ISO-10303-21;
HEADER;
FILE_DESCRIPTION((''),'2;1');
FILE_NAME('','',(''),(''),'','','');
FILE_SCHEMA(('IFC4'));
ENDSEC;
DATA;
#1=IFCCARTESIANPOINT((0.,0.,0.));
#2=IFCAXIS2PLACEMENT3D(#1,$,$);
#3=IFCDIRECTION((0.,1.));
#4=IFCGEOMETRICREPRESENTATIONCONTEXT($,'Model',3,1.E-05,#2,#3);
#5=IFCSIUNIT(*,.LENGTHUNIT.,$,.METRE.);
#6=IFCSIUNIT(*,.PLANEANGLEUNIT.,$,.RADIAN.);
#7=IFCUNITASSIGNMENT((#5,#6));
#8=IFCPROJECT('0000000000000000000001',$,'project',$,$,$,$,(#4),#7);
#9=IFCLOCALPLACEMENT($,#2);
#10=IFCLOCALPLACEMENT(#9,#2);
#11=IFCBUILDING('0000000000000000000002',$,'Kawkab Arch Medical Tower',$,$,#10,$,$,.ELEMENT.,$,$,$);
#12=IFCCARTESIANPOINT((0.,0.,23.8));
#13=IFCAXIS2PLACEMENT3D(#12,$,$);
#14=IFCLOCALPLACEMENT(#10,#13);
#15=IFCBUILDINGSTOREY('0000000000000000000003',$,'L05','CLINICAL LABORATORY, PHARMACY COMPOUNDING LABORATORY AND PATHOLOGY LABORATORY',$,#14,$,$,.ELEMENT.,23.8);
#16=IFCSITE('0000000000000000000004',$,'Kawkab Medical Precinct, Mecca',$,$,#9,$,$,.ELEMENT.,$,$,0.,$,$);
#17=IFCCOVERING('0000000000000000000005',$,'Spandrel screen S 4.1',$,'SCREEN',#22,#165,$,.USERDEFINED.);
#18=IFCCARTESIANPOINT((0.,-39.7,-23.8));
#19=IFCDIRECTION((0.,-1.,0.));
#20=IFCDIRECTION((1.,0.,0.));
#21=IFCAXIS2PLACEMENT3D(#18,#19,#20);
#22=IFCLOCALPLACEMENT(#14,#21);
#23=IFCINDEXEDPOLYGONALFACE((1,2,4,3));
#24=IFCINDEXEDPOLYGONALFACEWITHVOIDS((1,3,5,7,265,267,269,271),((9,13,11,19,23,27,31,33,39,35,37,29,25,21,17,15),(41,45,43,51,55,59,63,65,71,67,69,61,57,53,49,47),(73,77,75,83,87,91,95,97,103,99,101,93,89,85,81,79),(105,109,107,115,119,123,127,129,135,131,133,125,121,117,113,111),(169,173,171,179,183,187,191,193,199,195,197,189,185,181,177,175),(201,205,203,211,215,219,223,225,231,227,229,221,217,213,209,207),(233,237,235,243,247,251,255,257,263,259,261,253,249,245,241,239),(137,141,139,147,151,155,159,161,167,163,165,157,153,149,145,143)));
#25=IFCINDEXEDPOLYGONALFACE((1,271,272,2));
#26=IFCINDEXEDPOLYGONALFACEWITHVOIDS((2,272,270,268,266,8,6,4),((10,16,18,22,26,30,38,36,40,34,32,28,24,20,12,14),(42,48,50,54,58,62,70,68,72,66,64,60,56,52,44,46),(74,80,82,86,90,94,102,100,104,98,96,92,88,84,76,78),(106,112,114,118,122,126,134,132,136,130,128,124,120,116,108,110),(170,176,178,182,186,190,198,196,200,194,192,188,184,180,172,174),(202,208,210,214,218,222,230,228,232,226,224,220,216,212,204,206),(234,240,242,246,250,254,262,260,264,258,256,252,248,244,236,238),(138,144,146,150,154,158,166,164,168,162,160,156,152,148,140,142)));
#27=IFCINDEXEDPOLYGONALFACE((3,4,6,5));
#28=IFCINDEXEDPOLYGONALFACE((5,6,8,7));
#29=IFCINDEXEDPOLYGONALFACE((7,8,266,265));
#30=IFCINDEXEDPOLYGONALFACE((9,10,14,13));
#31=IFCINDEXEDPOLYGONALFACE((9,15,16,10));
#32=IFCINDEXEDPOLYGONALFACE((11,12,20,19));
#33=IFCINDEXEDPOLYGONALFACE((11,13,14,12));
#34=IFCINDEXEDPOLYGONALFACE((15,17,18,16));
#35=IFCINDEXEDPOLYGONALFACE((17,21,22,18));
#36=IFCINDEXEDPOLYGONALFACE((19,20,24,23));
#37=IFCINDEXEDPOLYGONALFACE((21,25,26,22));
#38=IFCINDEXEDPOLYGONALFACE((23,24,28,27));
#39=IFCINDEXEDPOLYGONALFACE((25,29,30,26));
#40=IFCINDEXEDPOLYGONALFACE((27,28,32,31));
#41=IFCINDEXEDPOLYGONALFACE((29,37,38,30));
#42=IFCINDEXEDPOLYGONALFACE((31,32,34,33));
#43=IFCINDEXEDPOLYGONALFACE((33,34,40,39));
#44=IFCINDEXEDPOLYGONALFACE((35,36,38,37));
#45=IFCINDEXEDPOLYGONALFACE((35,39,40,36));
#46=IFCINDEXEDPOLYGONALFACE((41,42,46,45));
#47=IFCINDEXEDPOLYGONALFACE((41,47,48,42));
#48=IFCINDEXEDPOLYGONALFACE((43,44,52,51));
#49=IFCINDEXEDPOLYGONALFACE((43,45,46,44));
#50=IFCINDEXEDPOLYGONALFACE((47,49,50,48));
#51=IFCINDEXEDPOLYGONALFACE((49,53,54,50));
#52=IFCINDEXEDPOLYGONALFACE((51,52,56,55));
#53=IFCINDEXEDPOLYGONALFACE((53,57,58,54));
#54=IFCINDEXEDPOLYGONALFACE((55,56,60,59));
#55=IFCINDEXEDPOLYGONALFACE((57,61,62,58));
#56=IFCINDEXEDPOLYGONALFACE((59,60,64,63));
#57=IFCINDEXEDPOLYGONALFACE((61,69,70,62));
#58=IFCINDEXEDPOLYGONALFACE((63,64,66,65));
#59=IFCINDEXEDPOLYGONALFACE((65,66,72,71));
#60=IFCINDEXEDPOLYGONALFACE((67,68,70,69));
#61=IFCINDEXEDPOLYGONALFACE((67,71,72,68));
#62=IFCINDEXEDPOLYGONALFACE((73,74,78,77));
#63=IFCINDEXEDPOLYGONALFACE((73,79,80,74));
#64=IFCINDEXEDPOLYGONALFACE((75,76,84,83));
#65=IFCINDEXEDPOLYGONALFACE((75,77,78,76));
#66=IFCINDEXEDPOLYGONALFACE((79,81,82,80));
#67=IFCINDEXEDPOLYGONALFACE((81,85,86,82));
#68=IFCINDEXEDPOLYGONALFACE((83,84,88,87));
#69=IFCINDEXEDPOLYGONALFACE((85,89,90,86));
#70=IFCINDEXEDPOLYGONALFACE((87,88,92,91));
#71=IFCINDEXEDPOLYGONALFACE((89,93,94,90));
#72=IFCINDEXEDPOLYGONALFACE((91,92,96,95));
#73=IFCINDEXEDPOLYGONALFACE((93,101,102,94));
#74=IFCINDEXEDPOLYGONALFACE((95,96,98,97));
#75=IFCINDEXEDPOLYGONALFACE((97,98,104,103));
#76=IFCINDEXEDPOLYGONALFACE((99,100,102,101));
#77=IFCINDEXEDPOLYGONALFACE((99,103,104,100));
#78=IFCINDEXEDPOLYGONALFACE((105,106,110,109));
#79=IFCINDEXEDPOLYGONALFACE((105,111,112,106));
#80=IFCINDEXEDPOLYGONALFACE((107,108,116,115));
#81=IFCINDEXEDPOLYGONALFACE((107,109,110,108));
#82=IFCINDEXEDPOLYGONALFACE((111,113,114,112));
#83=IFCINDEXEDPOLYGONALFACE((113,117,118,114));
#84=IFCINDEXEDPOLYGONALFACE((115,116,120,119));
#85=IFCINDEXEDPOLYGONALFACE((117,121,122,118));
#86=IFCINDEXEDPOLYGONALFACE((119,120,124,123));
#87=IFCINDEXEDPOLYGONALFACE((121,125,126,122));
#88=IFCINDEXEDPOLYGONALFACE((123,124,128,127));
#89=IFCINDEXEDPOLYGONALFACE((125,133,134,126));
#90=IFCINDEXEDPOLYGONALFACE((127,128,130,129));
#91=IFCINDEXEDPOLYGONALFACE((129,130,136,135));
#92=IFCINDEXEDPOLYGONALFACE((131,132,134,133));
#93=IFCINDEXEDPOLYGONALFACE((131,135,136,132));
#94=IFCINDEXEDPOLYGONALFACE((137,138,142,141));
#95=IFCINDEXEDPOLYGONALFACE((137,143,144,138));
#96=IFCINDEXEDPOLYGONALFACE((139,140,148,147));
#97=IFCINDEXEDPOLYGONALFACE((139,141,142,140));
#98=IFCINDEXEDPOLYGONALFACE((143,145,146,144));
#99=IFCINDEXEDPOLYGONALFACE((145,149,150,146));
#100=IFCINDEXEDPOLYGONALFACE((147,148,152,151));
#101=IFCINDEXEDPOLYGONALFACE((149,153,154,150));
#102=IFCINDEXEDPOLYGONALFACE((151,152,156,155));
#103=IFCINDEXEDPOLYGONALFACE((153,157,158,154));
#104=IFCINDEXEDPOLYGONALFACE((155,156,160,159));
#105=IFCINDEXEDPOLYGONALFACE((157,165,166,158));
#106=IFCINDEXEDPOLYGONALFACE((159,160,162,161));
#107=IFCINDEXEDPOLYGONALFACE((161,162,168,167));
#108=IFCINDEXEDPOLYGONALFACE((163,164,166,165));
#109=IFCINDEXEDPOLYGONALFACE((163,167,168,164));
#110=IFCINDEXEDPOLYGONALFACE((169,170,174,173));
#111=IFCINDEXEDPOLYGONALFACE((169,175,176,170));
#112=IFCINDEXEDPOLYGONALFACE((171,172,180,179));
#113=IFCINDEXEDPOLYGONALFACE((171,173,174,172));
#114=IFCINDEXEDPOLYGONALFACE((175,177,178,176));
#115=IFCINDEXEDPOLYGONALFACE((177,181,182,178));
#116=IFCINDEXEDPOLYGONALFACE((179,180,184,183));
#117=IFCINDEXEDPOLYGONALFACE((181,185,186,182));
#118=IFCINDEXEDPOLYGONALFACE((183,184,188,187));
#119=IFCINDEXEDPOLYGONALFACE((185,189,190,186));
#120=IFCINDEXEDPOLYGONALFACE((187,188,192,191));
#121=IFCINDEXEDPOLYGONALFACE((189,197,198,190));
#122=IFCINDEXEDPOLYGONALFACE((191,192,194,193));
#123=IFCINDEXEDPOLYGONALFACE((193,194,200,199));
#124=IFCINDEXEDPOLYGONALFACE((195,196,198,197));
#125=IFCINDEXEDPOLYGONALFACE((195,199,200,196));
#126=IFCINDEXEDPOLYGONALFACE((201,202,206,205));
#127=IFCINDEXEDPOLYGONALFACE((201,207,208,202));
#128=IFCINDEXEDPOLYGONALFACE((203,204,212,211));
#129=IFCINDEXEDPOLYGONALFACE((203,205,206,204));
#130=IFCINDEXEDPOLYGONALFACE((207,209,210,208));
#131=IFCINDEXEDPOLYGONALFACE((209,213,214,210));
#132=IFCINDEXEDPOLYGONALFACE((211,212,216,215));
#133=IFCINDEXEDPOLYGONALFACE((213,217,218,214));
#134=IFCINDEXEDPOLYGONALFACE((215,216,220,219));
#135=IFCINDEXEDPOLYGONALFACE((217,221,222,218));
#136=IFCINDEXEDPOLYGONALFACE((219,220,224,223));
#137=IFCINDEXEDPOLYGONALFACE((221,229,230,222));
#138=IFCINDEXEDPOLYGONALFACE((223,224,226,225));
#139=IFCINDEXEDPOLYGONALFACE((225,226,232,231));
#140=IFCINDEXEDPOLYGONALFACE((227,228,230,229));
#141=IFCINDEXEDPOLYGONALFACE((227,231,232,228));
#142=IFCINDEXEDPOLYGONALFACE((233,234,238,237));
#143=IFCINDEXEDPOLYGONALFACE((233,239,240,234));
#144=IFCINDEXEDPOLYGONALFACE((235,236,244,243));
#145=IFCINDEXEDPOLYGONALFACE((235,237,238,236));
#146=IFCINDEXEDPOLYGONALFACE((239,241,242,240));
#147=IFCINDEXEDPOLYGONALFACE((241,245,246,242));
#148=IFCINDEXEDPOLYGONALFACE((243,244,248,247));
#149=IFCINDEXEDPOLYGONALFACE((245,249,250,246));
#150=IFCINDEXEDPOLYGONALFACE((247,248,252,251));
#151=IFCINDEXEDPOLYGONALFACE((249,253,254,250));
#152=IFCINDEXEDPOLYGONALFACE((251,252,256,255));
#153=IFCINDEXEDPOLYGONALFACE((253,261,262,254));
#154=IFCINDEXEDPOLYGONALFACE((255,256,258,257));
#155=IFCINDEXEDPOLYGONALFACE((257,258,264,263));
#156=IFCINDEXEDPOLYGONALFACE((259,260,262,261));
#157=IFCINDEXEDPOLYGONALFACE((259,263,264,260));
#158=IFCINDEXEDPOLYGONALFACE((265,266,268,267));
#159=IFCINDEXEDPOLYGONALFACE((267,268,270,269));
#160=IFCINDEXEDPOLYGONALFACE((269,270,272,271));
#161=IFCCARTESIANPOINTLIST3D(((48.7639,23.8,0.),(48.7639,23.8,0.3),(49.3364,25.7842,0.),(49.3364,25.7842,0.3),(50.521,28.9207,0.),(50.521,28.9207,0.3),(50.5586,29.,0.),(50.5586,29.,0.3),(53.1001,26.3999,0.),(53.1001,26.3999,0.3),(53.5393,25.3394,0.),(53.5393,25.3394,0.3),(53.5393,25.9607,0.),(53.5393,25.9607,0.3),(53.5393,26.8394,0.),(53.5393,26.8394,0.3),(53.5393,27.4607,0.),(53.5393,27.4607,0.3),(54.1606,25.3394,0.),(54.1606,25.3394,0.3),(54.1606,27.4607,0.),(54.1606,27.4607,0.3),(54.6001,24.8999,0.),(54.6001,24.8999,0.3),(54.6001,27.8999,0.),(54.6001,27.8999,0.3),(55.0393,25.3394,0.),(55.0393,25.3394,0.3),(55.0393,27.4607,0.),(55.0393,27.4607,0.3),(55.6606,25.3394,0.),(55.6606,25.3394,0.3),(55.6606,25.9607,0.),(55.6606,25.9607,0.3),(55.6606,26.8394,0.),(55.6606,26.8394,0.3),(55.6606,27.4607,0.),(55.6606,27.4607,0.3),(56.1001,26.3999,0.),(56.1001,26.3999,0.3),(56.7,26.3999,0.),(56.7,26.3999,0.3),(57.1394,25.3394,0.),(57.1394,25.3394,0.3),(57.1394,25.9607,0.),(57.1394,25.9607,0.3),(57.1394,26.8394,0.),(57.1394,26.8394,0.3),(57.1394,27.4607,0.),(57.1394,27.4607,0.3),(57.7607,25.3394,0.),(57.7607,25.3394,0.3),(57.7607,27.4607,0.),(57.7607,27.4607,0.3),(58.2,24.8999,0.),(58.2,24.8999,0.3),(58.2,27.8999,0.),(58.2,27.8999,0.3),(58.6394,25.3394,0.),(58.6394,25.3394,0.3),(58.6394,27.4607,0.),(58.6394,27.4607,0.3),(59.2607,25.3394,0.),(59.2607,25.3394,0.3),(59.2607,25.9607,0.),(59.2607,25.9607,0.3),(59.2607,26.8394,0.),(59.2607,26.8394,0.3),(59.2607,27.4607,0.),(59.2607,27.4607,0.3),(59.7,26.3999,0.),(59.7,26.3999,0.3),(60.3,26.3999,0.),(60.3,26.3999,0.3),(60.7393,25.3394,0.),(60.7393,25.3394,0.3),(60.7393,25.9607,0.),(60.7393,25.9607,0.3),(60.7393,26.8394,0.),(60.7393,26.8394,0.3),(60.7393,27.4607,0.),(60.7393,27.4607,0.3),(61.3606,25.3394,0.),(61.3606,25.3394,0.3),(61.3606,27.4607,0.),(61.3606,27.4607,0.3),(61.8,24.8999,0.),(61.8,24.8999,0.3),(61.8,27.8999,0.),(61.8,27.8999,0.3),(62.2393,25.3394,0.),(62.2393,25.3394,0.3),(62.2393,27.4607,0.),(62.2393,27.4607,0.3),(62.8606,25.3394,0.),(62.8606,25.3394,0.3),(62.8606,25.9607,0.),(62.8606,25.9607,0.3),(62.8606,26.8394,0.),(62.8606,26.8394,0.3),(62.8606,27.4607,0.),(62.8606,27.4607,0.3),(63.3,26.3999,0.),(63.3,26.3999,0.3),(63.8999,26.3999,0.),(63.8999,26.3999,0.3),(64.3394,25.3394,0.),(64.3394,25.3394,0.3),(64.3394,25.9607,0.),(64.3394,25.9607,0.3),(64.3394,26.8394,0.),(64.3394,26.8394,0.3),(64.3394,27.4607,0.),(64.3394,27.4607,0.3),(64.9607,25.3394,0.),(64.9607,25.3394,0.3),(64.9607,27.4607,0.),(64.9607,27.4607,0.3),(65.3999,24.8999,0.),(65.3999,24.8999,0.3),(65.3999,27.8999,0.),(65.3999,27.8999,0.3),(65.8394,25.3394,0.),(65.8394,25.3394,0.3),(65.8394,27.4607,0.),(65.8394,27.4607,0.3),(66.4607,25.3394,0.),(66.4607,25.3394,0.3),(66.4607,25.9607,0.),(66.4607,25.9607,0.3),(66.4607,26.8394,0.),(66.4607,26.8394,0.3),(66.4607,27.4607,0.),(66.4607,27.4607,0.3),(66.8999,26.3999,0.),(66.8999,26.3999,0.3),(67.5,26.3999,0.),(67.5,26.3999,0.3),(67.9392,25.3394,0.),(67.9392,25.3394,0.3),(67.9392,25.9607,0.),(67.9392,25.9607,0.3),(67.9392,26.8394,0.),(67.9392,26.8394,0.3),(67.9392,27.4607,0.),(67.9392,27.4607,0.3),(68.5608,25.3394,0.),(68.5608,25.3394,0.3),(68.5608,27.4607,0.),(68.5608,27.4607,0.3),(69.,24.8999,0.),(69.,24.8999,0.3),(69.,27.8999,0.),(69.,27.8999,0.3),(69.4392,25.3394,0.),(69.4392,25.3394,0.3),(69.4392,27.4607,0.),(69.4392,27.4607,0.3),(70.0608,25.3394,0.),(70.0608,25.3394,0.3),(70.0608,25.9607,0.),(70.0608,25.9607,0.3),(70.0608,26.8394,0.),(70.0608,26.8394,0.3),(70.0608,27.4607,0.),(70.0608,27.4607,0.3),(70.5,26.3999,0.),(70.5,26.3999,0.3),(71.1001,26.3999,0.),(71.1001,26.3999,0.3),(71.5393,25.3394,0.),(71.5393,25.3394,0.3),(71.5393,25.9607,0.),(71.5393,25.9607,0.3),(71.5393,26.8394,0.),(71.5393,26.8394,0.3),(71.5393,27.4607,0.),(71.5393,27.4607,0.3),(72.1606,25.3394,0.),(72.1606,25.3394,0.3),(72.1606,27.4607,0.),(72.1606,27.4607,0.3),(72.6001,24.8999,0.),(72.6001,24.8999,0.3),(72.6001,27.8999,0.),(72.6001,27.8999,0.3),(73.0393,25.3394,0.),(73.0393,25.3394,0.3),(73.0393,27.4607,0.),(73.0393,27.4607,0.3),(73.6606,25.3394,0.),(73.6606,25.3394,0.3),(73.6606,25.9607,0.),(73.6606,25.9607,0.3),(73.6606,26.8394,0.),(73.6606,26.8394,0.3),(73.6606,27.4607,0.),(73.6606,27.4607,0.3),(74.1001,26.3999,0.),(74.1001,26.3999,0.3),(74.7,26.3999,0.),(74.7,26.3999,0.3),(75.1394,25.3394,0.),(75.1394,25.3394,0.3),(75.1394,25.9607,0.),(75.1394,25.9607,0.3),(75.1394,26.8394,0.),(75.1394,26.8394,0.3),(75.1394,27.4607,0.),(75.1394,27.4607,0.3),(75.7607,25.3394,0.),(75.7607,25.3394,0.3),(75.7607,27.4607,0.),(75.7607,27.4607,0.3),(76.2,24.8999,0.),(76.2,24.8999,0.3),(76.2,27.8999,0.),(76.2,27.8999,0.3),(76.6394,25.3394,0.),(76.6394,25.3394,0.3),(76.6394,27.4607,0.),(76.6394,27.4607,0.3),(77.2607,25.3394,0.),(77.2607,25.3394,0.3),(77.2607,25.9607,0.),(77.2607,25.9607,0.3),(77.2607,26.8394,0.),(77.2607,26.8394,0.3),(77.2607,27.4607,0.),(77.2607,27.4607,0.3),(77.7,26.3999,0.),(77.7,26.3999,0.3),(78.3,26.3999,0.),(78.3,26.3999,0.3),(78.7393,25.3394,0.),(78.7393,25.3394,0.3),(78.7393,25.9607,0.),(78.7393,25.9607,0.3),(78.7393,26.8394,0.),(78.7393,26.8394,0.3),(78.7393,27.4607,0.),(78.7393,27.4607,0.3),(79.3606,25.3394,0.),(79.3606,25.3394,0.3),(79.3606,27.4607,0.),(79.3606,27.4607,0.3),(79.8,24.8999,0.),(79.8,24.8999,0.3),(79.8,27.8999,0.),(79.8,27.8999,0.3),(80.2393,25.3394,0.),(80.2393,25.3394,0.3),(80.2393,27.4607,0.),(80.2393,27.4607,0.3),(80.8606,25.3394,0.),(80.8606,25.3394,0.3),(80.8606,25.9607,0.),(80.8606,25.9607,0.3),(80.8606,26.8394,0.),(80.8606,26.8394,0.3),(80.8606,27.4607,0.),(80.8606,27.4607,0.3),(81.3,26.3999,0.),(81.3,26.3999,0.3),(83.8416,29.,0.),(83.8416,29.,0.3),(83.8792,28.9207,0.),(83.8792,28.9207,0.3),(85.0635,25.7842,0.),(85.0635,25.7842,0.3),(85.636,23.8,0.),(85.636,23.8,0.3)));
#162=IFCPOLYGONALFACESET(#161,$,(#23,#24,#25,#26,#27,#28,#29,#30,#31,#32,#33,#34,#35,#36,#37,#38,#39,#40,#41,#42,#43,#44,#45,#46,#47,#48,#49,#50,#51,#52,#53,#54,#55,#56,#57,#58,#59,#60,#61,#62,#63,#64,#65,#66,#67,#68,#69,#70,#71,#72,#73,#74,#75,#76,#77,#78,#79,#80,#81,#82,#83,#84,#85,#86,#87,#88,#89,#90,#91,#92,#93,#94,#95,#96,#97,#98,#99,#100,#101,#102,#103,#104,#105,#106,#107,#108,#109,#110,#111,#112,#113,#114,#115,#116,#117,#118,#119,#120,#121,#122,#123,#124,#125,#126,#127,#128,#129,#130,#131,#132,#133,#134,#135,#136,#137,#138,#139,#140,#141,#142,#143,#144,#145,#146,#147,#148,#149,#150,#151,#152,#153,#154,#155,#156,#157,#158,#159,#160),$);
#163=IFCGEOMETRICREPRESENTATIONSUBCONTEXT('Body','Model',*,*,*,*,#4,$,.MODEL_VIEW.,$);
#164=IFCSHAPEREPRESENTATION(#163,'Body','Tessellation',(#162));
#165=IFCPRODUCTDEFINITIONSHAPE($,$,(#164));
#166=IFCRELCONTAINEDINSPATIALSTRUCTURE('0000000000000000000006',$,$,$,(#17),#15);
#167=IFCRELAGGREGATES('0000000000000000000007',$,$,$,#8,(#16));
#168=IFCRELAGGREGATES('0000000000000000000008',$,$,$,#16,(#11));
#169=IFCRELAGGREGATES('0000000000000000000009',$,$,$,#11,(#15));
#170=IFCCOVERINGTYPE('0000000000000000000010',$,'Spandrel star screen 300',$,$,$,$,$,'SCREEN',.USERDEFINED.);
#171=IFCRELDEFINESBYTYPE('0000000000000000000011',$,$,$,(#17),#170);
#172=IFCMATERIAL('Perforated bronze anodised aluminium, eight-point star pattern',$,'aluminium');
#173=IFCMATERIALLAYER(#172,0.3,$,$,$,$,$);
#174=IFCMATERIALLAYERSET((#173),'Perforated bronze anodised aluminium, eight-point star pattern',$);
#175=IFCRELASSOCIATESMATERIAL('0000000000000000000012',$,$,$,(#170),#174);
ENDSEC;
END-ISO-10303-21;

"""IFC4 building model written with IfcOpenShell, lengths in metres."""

from ifc_helpers import new_model, si_unit, direction, frame, origin, place, context, subcontext, project, spatial, polyline, outline, extrude, material, layer, layer_set, type_object, element, save


model = new_model("IFC4")

# Units and contexts
model_context = context("Model", 3, precision=1e-05, world=origin(), true_north=direction((0.0, 1.0)))
body_context = subcontext(model_context, "Body", "Model", "MODEL_VIEW")
ifc_project = project(units=[si_unit("LENGTHUNIT", "METRE"), si_unit("PLANEANGLEUNIT", "RADIAN")], contexts=[model_context])

# Site, building, storey
site_placement = place(None, origin())
site = spatial("IfcSite", under=ifc_project, at=site_placement, Name="Kawkab Medical Precinct, Mecca", CompositionType="ELEMENT", RefElevation=0.0)
building_placement = place(site_placement, origin())
building = spatial("IfcBuilding", under=site, at=building_placement, Name="Kawkab Arch Medical Tower", CompositionType="ELEMENT")
storey_placement = place(building_placement, frame((0.0, 0.0, 23.8)))
storey = spatial("IfcBuildingStorey", under=building, at=storey_placement, Name="L05", Description="CLINICAL LABORATORY, PHARMACY COMPOUNDING LABORATORY AND PATHOLOGY LABORATORY", CompositionType="ELEMENT", Elevation=23.8)

# Covering
ifc_material_1 = material(Name="Perforated bronze anodised aluminium, eight-point star pattern", Category="aluminium")
ifc_layer_1 = layer(ifc_material_1, 0.3)
ifc_layer_set_1 = layer_set([ifc_layer_1], Name="Perforated bronze anodised aluminium, eight-point star pattern")
covering_type = type_object("IfcCoveringType", Name="Spandrel star screen 300", ElementType="SCREEN", PredefinedType="USERDEFINED", material=ifc_layer_set_1)
covering_placement = place(storey_placement, frame((0.0, -39.7, -23.8), z_axis=(0.0, -1.0, 0.0), x_axis=(1.0, 0.0, 0.0)))
element("IfcCovering", 1, at=covering_placement, inside=storey, type_object=covering_type, Name="Spandrel screen S 4.1", ObjectType="SCREEN", PredefinedType="USERDEFINED", context=body_context, shape_type="SweptSolid", body=[
    extrude(outline(polyline([(48.7639, 23.8), (85.636, 23.8), (85.0635, 25.7842), (83.8792, 28.9207), (83.8416, 29.0), (50.5586, 29.0), (50.521, 28.9207), (49.3364, 25.7842), (48.7639, 23.8)]), holes=[polyline([(56.1001, 26.3999), (55.6606, 26.8394), (55.6606, 27.4607), (55.0393, 27.4607), (54.6001, 27.8999), (54.1606, 27.4607), (53.5393, 27.4607), (53.5393, 26.8394), (53.1001, 26.3999), (53.5393, 25.9607), (53.5393, 25.3394), (54.1606, 25.3394), (54.6001, 24.8999), (55.0393, 25.3394), (55.6606, 25.3394), (55.6606, 25.9607), (56.1001, 26.3999)]), polyline([(59.7, 26.3999), (59.2607, 26.8394), (59.2607, 27.4607), (58.6394, 27.4607), (58.2, 27.8999), (57.7607, 27.4607), (57.1394, 27.4607), (57.1394, 26.8394), (56.7, 26.3999), (57.1394, 25.9607), (57.1394, 25.3394), (57.7607, 25.3394), (58.2, 24.8999), (58.6394, 25.3394), (59.2607, 25.3394), (59.2607, 25.9607), (59.7, 26.3999)]), polyline([(63.3, 26.3999), (62.8606, 26.8394), (62.8606, 27.4607), (62.2393, 27.4607), (61.8, 27.8999), (61.3606, 27.4607), (60.7393, 27.4607), (60.7393, 26.8394), (60.3, 26.3999), (60.7393, 25.9607), (60.7393, 25.3394), (61.3606, 25.3394), (61.8, 24.8999), (62.2393, 25.3394), (62.8606, 25.3394), (62.8606, 25.9607), (63.3, 26.3999)]), polyline([(66.8999, 26.3999), (66.4607, 26.8394), (66.4607, 27.4607), (65.8394, 27.4607), (65.3999, 27.8999), (64.9607, 27.4607), (64.3394, 27.4607), (64.3394, 26.8394), (63.8999, 26.3999), (64.3394, 25.9607), (64.3394, 25.3394), (64.9607, 25.3394), (65.3999, 24.8999), (65.8394, 25.3394), (66.4607, 25.3394), (66.4607, 25.9607), (66.8999, 26.3999)]), polyline([(70.5, 26.3999), (70.0608, 26.8394), (70.0608, 27.4607), (69.4392, 27.4607), (69.0, 27.8999), (68.5608, 27.4607), (67.9392, 27.4607), (67.9392, 26.8394), (67.5, 26.3999), (67.9392, 25.9607), (67.9392, 25.3394), (68.5608, 25.3394), (69.0, 24.8999), (69.4392, 25.3394), (70.0608, 25.3394), (70.0608, 25.9607), (70.5, 26.3999)]), polyline([(74.1001, 26.3999), (73.6606, 26.8394), (73.6606, 27.4607), (73.0393, 27.4607), (72.6001, 27.8999), (72.1606, 27.4607), (71.5393, 27.4607), (71.5393, 26.8394), (71.1001, 26.3999), (71.5393, 25.9607), (71.5393, 25.3394), (72.1606, 25.3394), (72.6001, 24.8999), (73.0393, 25.3394), (73.6606, 25.3394), (73.6606, 25.9607), (74.1001, 26.3999)]), polyline([(77.7, 26.3999), (77.2607, 26.8394), (77.2607, 27.4607), (76.6394, 27.4607), (76.2, 27.8999), (75.7607, 27.4607), (75.1394, 27.4607), (75.1394, 26.8394), (74.7, 26.3999), (75.1394, 25.9607), (75.1394, 25.3394), (75.7607, 25.3394), (76.2, 24.8999), (76.6394, 25.3394), (77.2607, 25.3394), (77.2607, 25.9607), (77.7, 26.3999)]), polyline([(81.3, 26.3999), (80.8606, 26.8394), (80.8606, 27.4607), (80.2393, 27.4607), (79.8, 27.8999), (79.3606, 27.4607), (78.7393, 27.4607), (78.7393, 26.8394), (78.3, 26.3999), (78.7393, 25.9607), (78.7393, 25.3394), (79.3606, 25.3394), (79.8, 24.8999), (80.2393, 25.3394), (80.8606, 25.3394), (80.8606, 25.9607), (81.3, 26.3999)])]), origin(), (0.0, 0.0, 1.0), 0.3),
])

save(model, "model.ifc")
